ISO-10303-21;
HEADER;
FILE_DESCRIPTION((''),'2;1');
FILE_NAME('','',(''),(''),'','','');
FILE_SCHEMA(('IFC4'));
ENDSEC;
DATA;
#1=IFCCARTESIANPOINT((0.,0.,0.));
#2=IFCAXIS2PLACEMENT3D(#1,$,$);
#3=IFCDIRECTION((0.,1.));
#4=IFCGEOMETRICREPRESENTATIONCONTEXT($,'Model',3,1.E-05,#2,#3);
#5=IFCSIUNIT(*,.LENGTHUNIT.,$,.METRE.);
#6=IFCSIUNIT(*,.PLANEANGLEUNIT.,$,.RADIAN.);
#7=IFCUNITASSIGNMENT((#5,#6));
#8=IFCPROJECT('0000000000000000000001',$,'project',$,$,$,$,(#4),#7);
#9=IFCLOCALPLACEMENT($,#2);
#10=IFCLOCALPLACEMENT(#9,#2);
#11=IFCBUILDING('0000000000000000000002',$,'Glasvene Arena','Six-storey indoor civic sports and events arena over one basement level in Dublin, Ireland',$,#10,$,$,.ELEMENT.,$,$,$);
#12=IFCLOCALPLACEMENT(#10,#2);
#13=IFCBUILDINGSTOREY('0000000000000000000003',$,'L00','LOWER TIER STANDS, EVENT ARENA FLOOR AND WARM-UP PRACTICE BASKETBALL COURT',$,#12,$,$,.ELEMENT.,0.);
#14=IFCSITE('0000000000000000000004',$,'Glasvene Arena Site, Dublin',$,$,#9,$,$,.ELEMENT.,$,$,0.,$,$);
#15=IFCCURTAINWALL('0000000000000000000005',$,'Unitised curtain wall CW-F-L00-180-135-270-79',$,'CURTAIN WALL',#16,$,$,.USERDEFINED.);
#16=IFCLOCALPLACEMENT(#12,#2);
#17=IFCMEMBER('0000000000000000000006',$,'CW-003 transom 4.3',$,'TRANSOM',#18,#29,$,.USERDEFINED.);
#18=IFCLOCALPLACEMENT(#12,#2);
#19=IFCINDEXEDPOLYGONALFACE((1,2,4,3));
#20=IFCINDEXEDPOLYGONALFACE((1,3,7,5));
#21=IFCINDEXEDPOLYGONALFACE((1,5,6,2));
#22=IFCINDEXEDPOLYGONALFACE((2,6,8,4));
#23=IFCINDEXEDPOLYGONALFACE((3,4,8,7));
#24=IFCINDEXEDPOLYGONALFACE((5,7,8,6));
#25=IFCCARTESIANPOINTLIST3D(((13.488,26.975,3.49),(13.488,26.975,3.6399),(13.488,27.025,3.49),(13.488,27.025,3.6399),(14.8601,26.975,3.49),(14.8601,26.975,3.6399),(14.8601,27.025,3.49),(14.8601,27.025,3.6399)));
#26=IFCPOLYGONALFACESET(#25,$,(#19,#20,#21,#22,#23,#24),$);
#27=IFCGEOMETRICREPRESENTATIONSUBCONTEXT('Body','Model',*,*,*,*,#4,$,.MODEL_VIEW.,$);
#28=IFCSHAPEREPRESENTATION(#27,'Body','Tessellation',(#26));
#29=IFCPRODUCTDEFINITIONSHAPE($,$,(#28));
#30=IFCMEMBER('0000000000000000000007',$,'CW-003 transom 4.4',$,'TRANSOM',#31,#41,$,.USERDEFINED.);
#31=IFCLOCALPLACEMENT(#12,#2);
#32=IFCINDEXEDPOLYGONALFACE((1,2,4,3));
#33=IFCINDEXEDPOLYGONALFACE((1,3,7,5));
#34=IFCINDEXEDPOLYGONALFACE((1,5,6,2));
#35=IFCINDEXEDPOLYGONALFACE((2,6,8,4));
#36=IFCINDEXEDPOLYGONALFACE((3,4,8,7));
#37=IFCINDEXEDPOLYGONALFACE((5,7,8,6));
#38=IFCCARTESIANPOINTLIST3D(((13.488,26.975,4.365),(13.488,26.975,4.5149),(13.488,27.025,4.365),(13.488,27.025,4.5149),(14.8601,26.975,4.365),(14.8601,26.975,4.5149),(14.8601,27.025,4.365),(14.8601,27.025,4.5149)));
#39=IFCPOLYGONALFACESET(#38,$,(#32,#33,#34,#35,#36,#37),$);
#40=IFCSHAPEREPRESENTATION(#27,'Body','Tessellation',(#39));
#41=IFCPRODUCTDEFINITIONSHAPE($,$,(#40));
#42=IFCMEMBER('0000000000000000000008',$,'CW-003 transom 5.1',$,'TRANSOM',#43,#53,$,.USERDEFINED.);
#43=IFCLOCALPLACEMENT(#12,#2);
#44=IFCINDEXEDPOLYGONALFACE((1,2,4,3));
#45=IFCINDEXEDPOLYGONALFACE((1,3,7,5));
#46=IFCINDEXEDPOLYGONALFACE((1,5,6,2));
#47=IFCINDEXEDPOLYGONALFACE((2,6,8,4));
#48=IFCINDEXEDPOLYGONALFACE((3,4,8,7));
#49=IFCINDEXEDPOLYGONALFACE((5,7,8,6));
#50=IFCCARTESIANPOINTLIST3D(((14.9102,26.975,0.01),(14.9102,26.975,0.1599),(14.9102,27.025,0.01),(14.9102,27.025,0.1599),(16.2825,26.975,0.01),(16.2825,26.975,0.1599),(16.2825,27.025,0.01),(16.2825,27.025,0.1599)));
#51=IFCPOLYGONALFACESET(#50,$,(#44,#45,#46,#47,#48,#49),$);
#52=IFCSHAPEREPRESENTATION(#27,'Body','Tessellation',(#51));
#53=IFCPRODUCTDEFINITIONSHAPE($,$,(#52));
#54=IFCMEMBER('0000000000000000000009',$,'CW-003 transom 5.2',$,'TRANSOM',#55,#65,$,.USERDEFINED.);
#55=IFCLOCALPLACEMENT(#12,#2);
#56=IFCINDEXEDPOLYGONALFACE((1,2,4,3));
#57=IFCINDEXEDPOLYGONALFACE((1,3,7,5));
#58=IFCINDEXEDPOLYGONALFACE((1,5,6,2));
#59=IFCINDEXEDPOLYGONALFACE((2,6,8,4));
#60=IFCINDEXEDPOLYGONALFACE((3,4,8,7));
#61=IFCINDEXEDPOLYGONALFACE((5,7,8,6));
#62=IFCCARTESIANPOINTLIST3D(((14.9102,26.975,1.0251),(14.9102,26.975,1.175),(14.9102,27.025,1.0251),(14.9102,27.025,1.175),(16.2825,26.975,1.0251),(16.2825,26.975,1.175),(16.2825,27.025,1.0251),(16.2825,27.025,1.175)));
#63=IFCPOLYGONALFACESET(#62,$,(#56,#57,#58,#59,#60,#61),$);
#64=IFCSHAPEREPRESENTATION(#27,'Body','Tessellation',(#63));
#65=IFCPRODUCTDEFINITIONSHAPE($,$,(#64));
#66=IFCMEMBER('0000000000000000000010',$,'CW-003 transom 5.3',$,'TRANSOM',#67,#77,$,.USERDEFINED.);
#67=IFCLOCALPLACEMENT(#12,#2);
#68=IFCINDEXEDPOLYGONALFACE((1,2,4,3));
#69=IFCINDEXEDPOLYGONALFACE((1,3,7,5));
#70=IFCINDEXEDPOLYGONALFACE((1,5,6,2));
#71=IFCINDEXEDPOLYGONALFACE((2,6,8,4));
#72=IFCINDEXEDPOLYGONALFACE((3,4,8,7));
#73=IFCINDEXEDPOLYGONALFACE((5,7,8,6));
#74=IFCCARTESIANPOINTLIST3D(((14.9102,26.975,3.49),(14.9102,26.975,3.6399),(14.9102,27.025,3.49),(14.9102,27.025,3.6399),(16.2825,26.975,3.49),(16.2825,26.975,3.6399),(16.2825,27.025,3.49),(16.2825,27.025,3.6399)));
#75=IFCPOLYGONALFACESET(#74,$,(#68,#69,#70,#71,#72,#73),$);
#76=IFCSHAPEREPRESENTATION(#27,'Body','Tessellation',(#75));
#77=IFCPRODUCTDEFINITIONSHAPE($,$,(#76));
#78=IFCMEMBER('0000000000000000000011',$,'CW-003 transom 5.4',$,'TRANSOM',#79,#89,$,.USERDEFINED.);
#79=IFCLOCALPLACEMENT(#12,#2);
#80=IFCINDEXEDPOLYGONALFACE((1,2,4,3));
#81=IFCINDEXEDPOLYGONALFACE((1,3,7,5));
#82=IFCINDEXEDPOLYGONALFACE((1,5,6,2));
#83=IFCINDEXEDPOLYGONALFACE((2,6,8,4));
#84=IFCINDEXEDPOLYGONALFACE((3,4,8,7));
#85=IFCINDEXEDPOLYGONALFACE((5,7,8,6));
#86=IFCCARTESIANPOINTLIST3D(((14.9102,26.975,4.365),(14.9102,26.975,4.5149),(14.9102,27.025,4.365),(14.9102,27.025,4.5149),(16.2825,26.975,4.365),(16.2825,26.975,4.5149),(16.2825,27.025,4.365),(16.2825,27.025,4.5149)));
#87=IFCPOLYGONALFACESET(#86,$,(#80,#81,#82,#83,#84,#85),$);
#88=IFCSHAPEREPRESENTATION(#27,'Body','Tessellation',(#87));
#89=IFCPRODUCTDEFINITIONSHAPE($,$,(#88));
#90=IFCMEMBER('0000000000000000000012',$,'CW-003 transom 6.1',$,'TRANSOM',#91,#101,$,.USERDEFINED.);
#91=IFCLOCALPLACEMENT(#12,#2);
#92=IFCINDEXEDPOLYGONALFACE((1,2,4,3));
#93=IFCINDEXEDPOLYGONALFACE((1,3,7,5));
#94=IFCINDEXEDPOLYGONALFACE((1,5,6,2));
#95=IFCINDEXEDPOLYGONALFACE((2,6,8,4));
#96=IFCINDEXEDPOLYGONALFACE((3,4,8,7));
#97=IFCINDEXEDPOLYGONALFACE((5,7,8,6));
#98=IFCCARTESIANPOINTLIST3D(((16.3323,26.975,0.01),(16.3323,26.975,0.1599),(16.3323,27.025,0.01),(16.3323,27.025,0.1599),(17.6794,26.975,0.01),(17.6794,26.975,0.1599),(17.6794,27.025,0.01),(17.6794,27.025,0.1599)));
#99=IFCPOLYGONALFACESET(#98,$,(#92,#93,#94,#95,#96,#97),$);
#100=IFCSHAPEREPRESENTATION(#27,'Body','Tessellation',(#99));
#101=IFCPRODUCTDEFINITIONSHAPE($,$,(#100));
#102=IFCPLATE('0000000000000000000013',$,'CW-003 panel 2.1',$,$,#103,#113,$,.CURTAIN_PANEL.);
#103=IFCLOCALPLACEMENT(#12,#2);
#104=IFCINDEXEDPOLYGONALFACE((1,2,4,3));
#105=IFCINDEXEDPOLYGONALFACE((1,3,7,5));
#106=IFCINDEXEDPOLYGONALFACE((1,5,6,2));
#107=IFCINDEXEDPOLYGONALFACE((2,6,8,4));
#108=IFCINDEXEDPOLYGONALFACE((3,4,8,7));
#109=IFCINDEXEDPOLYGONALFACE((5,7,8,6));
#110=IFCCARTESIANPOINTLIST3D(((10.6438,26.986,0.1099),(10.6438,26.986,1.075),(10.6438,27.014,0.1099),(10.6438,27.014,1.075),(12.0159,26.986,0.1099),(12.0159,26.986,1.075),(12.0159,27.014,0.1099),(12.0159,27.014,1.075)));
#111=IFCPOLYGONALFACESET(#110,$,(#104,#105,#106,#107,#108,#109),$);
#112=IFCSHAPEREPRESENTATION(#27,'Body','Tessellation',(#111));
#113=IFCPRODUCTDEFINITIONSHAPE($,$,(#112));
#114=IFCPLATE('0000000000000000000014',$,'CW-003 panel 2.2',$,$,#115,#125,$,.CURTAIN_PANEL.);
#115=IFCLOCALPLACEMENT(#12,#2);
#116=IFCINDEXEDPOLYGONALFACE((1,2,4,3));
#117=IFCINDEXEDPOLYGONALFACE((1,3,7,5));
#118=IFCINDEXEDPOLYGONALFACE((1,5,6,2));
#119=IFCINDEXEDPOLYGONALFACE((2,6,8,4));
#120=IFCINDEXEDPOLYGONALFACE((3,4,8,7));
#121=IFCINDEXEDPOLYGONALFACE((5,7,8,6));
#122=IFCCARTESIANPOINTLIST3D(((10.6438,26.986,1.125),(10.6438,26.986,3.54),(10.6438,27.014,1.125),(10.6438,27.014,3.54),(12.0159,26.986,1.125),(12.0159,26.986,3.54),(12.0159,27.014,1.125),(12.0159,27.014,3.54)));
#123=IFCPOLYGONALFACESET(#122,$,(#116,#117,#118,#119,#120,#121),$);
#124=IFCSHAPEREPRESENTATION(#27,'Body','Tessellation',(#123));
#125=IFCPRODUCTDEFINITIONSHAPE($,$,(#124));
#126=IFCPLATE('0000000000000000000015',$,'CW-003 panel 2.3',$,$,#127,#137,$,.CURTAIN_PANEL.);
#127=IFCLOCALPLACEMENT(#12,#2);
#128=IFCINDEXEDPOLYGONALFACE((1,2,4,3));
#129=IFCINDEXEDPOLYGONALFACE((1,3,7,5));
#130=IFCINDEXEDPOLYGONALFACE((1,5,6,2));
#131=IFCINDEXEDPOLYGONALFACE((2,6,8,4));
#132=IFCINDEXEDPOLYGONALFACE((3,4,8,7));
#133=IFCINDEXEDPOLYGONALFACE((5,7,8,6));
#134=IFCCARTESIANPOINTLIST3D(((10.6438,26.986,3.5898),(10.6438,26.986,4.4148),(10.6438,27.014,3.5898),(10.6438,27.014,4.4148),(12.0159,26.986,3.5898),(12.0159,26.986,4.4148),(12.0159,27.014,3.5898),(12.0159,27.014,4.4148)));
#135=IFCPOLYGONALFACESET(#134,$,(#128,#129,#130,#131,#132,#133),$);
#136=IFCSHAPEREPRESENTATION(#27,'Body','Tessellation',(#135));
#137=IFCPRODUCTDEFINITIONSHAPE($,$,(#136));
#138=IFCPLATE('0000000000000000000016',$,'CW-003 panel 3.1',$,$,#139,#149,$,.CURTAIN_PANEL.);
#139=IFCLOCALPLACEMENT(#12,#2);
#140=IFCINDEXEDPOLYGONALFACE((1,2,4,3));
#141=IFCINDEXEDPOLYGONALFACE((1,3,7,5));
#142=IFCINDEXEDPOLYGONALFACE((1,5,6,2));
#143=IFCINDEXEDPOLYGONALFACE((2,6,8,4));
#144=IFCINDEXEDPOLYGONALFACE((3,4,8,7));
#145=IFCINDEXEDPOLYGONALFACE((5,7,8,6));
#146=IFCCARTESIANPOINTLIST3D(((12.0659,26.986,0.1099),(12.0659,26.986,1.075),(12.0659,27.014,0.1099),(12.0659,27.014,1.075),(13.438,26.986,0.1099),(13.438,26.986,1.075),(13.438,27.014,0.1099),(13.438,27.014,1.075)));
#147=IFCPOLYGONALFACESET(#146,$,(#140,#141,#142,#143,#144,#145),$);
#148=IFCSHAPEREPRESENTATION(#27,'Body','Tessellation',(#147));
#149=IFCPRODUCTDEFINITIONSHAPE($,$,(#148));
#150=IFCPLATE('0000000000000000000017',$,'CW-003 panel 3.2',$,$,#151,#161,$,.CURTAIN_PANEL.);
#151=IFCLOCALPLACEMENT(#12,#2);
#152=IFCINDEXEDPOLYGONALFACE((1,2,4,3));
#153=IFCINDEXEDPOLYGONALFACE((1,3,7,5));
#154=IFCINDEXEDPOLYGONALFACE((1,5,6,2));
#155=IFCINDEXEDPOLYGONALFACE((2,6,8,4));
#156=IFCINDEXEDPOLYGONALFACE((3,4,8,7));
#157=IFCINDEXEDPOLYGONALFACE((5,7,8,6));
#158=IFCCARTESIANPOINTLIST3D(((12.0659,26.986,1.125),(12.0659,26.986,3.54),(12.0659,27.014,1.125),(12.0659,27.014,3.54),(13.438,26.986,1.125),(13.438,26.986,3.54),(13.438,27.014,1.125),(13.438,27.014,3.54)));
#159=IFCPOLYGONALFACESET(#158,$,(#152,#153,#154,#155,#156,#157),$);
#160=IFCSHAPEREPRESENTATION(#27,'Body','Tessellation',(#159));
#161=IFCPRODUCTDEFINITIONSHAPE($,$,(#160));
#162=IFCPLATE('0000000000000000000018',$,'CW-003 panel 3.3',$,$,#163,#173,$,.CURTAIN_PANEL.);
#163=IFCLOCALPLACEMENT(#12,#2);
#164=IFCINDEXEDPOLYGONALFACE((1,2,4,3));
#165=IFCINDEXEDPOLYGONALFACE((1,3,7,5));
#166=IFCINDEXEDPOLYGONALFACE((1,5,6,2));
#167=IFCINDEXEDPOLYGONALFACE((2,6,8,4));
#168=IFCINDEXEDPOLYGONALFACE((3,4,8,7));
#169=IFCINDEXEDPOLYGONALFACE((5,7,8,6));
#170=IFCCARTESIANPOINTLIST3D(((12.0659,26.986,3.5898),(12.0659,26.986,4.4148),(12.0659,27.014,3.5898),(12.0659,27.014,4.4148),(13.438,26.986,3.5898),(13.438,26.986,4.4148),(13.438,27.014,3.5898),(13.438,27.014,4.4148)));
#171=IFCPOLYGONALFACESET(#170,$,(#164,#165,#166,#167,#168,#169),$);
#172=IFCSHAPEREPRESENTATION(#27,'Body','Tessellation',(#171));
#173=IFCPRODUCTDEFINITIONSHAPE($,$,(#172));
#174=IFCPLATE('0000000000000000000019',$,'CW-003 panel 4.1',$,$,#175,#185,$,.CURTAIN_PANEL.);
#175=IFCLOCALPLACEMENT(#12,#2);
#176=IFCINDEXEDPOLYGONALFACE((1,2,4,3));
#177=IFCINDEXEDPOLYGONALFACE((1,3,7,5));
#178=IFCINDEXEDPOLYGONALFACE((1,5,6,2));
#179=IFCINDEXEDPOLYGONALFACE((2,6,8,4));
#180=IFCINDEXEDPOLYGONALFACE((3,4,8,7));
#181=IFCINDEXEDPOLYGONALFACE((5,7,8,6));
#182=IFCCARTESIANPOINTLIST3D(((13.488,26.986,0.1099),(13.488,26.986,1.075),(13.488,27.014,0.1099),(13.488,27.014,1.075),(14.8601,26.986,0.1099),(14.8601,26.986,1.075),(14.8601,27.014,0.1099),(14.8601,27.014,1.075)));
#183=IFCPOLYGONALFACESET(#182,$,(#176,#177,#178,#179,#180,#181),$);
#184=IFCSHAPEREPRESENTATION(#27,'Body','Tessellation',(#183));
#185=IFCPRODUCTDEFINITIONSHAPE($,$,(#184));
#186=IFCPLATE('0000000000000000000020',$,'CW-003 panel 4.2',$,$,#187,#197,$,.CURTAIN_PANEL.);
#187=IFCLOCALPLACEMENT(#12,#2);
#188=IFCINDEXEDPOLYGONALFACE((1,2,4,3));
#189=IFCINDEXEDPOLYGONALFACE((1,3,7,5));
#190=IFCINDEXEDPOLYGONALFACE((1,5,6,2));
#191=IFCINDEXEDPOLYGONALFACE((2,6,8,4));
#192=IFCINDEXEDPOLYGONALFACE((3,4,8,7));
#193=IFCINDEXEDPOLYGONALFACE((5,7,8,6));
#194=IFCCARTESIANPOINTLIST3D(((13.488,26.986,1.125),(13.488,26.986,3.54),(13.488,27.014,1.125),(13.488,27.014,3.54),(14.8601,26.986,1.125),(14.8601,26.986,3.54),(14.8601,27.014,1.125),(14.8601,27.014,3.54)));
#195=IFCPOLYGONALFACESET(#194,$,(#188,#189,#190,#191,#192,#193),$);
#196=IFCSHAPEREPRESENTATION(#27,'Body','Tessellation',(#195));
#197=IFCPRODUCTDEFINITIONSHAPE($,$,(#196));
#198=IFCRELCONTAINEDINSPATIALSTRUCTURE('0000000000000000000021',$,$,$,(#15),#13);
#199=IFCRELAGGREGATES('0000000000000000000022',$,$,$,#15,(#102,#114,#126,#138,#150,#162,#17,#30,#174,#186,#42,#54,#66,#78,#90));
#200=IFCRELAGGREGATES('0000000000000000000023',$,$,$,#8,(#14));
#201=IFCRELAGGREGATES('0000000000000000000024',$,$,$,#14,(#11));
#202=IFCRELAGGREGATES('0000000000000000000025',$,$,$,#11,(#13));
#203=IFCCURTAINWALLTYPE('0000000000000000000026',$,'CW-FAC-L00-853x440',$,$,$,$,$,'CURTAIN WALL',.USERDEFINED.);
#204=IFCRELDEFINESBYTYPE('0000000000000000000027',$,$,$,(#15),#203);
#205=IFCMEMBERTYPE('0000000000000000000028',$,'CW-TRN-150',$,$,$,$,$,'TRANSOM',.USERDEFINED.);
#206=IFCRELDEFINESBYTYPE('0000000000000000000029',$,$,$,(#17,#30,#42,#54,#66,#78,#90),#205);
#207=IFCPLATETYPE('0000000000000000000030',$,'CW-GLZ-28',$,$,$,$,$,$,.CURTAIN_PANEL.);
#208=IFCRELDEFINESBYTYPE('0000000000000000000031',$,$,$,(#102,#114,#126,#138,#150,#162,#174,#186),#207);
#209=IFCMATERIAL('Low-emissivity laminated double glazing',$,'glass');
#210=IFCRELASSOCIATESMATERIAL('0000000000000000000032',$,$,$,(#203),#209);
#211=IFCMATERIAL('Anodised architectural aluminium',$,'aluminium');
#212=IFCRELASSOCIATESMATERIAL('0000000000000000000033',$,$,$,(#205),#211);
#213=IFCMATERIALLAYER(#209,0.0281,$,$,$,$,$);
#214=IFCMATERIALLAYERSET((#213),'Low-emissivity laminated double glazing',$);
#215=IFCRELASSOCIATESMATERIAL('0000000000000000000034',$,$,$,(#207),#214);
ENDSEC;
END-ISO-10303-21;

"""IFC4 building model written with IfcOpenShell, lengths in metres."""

from ifc_helpers import new_model, si_unit, direction, frame, origin, origin_2d, place, context, subcontext, project, spatial, rectangle, extrude, material, layer, layer_set, material_profile, profile_set, type_object, element, aggregate, save


model = new_model("IFC4")

# Units and contexts
model_context = context("Model", 3, precision=1e-05, world=origin(), true_north=direction((0.0, 1.0)))
body_context = subcontext(model_context, "Body", "Model", "MODEL_VIEW")
ifc_project = project(units=[si_unit("LENGTHUNIT", "METRE"), si_unit("PLANEANGLEUNIT", "RADIAN")], contexts=[model_context])

# Site, building, storey
site_placement = place(None, origin())
site = spatial("IfcSite", under=ifc_project, at=site_placement, Name="Glasvene Arena Site, Dublin", CompositionType="ELEMENT", RefElevation=0.0)
building_placement = place(site_placement, origin())
building = spatial("IfcBuilding", under=site, at=building_placement, Name="Glasvene Arena", Description="Six-storey indoor civic sports and events arena over one basement level in Dublin, Ireland", CompositionType="ELEMENT")
storey_placement = place(building_placement, origin())
storey = spatial("IfcBuildingStorey", under=building, at=storey_placement, Name="L00", Description="LOWER TIER STANDS, EVENT ARENA FLOOR AND WARM-UP PRACTICE BASKETBALL COURT", CompositionType="ELEMENT", Elevation=0.0)

# Curtain wall, members, plates
ifc_material_1 = material(Name="Low-emissivity laminated double glazing", Category="glass")
curtain_wall_type = type_object("IfcCurtainWallType", Name="CW-FAC-L00-853x440", ElementType="CURTAIN WALL", PredefinedType="USERDEFINED", material=ifc_material_1)
curtain_wall_placement = place(storey_placement, frame((9.1965, 27.0, 0.0)))
curtain_wall = element("IfcCurtainWall", 1, at=curtain_wall_placement, inside=storey, type_object=curtain_wall_type, Name="Unitised curtain wall CW-F-L00-180-135-270-79", ObjectType="CURTAIN WALL", PredefinedType="USERDEFINED")
ifc_material_2 = material(Name="Anodised architectural aluminium", Category="aluminium")
ifc_material_profile_1 = material_profile(ifc_material_2, rectangle(XDim=0.05, YDim=0.1499, at=origin_2d()), Name="ALU TRANSOM 50x150")
ifc_profile_set_1 = profile_set([ifc_material_profile_1], Name="Anodised architectural aluminium")
member_type_1 = type_object("IfcMemberType", Name="CW-TRN-150", ElementType="TRANSOM", PredefinedType="USERDEFINED", material=ifc_profile_set_1)
member_1_placement = place(storey_placement, frame((13.488, 27.0, 3.5649), z_axis=(1.0, 0.0, 0.0), x_axis=(0.0, 1.0, 0.0)))
member_1 = element("IfcMember", 2, at=member_1_placement, type_object=member_type_1, Name="CW-003 transom 4.3", ObjectType="TRANSOM", PredefinedType="USERDEFINED", context=body_context, shape_type="SweptSolid", body=[
    extrude(rectangle(XDim=0.05, YDim=0.1499, at=origin_2d()), origin(), (0.0, 0.0, 1.0), 1.3721),
])
member_2_placement = place(storey_placement, frame((13.488, 27.0, 4.4399), z_axis=(1.0, 0.0, 0.0), x_axis=(0.0, 1.0, 0.0)))
member_2 = element("IfcMember", 3, at=member_2_placement, type_object=member_type_1, Name="CW-003 transom 4.4", ObjectType="TRANSOM", PredefinedType="USERDEFINED", context=body_context, shape_type="SweptSolid", body=[
    extrude(rectangle(XDim=0.05, YDim=0.1499, at=origin_2d()), origin(), (0.0, 0.0, 1.0), 1.3721),
])
member_3_placement = place(storey_placement, frame((14.9102, 27.0, 0.085), z_axis=(1.0, 0.0, 0.0), x_axis=(0.0, 1.0, 0.0)))
member_3 = element("IfcMember", 4, at=member_3_placement, type_object=member_type_1, Name="CW-003 transom 5.1", ObjectType="TRANSOM", PredefinedType="USERDEFINED", context=body_context, shape_type="SweptSolid", body=[
    extrude(rectangle(XDim=0.05, YDim=0.1499, at=origin_2d()), origin(), (0.0, 0.0, 1.0), 1.3723),
])
member_4_placement = place(storey_placement, frame((14.9102, 27.0, 1.1001), z_axis=(1.0, 0.0, 0.0), x_axis=(0.0, 1.0, 0.0)))
member_4 = element("IfcMember", 5, at=member_4_placement, type_object=member_type_1, Name="CW-003 transom 5.2", ObjectType="TRANSOM", PredefinedType="USERDEFINED", context=body_context, shape_type="SweptSolid", body=[
    extrude(rectangle(XDim=0.05, YDim=0.1499, at=origin_2d()), origin(), (0.0, 0.0, 1.0), 1.3723),
])
member_5_placement = place(storey_placement, frame((14.9102, 27.0, 3.5649), z_axis=(1.0, 0.0, 0.0), x_axis=(0.0, 1.0, 0.0)))
member_5 = element("IfcMember", 6, at=member_5_placement, type_object=member_type_1, Name="CW-003 transom 5.3", ObjectType="TRANSOM", PredefinedType="USERDEFINED", context=body_context, shape_type="SweptSolid", body=[
    extrude(rectangle(XDim=0.05, YDim=0.1499, at=origin_2d()), origin(), (0.0, 0.0, 1.0), 1.3723),
])
member_6_placement = place(storey_placement, frame((14.9102, 27.0, 4.4399), z_axis=(1.0, 0.0, 0.0), x_axis=(0.0, 1.0, 0.0)))
member_6 = element("IfcMember", 7, at=member_6_placement, type_object=member_type_1, Name="CW-003 transom 5.4", ObjectType="TRANSOM", PredefinedType="USERDEFINED", context=body_context, shape_type="SweptSolid", body=[
    extrude(rectangle(XDim=0.05, YDim=0.1499, at=origin_2d()), origin(), (0.0, 0.0, 1.0), 1.3723),
])
member_7_placement = place(storey_placement, frame((16.3323, 27.0, 0.085), z_axis=(1.0, 0.0, 0.0), x_axis=(0.0, 1.0, 0.0)))
member_7 = element("IfcMember", 8, at=member_7_placement, type_object=member_type_1, Name="CW-003 transom 6.1", ObjectType="TRANSOM", PredefinedType="USERDEFINED", context=body_context, shape_type="SweptSolid", body=[
    extrude(rectangle(XDim=0.05, YDim=0.1499, at=origin_2d()), origin(), (0.0, 0.0, 1.0), 1.3472),
])
ifc_layer = layer(ifc_material_1, 0.0281)
ifc_layer_set = layer_set([ifc_layer], Name="Low-emissivity laminated double glazing")
plate_type = type_object("IfcPlateType", Name="CW-GLZ-28", PredefinedType="CURTAIN_PANEL", material=ifc_layer_set)
plate_1_placement = place(storey_placement, frame((11.3298, 27.0, 0.1099), z_axis=(0.0, 0.0, 1.0), x_axis=(1.0, 0.0, 0.0)))
plate_1 = element("IfcPlate", 9, at=plate_1_placement, type_object=plate_type, Name="CW-003 panel 2.1", PredefinedType="CURTAIN_PANEL", context=body_context, shape_type="SweptSolid", body=[
    extrude(rectangle(XDim=1.3721, YDim=0.0281, at=origin_2d()), origin(), (0.0, 0.0, 1.0), 0.9651),
])
plate_2_placement = place(storey_placement, frame((11.3298, 27.0, 1.125), z_axis=(0.0, 0.0, 1.0), x_axis=(1.0, 0.0, 0.0)))
plate_2 = element("IfcPlate", 10, at=plate_2_placement, type_object=plate_type, Name="CW-003 panel 2.2", PredefinedType="CURTAIN_PANEL", context=body_context, shape_type="SweptSolid", body=[
    extrude(rectangle(XDim=1.3721, YDim=0.0281, at=origin_2d()), origin(), (0.0, 0.0, 1.0), 2.415),
])
plate_3_placement = place(storey_placement, frame((11.3298, 27.0, 3.5898), z_axis=(0.0, 0.0, 1.0), x_axis=(1.0, 0.0, 0.0)))
plate_3 = element("IfcPlate", 11, at=plate_3_placement, type_object=plate_type, Name="CW-003 panel 2.3", PredefinedType="CURTAIN_PANEL", context=body_context, shape_type="SweptSolid", body=[
    extrude(rectangle(XDim=1.3721, YDim=0.0281, at=origin_2d()), origin(), (0.0, 0.0, 1.0), 0.825),
])
plate_4_placement = place(storey_placement, frame((12.752, 27.0, 0.1099), z_axis=(0.0, 0.0, 1.0), x_axis=(1.0, 0.0, 0.0)))
plate_4 = element("IfcPlate", 12, at=plate_4_placement, type_object=plate_type, Name="CW-003 panel 3.1", PredefinedType="CURTAIN_PANEL", context=body_context, shape_type="SweptSolid", body=[
    extrude(rectangle(XDim=1.3721, YDim=0.0281, at=origin_2d()), origin(), (0.0, 0.0, 1.0), 0.9651),
])
plate_5_placement = place(storey_placement, frame((12.752, 27.0, 1.125), z_axis=(0.0, 0.0, 1.0), x_axis=(1.0, 0.0, 0.0)))
plate_5 = element("IfcPlate", 13, at=plate_5_placement, type_object=plate_type, Name="CW-003 panel 3.2", PredefinedType="CURTAIN_PANEL", context=body_context, shape_type="SweptSolid", body=[
    extrude(rectangle(XDim=1.3721, YDim=0.0281, at=origin_2d()), origin(), (0.0, 0.0, 1.0), 2.415),
])
plate_6_placement = place(storey_placement, frame((12.752, 27.0, 3.5898), z_axis=(0.0, 0.0, 1.0), x_axis=(1.0, 0.0, 0.0)))
plate_6 = element("IfcPlate", 14, at=plate_6_placement, type_object=plate_type, Name="CW-003 panel 3.3", PredefinedType="CURTAIN_PANEL", context=body_context, shape_type="SweptSolid", body=[
    extrude(rectangle(XDim=1.3721, YDim=0.0281, at=origin_2d()), origin(), (0.0, 0.0, 1.0), 0.825),
])
plate_7_placement = place(storey_placement, frame((14.1741, 27.0, 0.1099), z_axis=(0.0, 0.0, 1.0), x_axis=(1.0, 0.0, 0.0)))
plate_7 = element("IfcPlate", 15, at=plate_7_placement, type_object=plate_type, Name="CW-003 panel 4.1", PredefinedType="CURTAIN_PANEL", context=body_context, shape_type="SweptSolid", body=[
    extrude(rectangle(XDim=1.3721, YDim=0.0281, at=origin_2d()), origin(), (0.0, 0.0, 1.0), 0.9651),
])
plate_8_placement = place(storey_placement, frame((14.1741, 27.0, 1.125), z_axis=(0.0, 0.0, 1.0), x_axis=(1.0, 0.0, 0.0)))
plate_8 = element("IfcPlate", 16, at=plate_8_placement, type_object=plate_type, Name="CW-003 panel 4.2", PredefinedType="CURTAIN_PANEL", context=body_context, shape_type="SweptSolid", body=[
    extrude(rectangle(XDim=1.3721, YDim=0.0281, at=origin_2d()), origin(), (0.0, 0.0, 1.0), 2.415),
])
aggregate(curtain_wall, [plate_1, plate_2, plate_3, plate_4, plate_5, plate_6, member_1, member_2, plate_7, plate_8, member_3, member_4, member_5, member_6, member_7])

save(model, "model.ifc")
